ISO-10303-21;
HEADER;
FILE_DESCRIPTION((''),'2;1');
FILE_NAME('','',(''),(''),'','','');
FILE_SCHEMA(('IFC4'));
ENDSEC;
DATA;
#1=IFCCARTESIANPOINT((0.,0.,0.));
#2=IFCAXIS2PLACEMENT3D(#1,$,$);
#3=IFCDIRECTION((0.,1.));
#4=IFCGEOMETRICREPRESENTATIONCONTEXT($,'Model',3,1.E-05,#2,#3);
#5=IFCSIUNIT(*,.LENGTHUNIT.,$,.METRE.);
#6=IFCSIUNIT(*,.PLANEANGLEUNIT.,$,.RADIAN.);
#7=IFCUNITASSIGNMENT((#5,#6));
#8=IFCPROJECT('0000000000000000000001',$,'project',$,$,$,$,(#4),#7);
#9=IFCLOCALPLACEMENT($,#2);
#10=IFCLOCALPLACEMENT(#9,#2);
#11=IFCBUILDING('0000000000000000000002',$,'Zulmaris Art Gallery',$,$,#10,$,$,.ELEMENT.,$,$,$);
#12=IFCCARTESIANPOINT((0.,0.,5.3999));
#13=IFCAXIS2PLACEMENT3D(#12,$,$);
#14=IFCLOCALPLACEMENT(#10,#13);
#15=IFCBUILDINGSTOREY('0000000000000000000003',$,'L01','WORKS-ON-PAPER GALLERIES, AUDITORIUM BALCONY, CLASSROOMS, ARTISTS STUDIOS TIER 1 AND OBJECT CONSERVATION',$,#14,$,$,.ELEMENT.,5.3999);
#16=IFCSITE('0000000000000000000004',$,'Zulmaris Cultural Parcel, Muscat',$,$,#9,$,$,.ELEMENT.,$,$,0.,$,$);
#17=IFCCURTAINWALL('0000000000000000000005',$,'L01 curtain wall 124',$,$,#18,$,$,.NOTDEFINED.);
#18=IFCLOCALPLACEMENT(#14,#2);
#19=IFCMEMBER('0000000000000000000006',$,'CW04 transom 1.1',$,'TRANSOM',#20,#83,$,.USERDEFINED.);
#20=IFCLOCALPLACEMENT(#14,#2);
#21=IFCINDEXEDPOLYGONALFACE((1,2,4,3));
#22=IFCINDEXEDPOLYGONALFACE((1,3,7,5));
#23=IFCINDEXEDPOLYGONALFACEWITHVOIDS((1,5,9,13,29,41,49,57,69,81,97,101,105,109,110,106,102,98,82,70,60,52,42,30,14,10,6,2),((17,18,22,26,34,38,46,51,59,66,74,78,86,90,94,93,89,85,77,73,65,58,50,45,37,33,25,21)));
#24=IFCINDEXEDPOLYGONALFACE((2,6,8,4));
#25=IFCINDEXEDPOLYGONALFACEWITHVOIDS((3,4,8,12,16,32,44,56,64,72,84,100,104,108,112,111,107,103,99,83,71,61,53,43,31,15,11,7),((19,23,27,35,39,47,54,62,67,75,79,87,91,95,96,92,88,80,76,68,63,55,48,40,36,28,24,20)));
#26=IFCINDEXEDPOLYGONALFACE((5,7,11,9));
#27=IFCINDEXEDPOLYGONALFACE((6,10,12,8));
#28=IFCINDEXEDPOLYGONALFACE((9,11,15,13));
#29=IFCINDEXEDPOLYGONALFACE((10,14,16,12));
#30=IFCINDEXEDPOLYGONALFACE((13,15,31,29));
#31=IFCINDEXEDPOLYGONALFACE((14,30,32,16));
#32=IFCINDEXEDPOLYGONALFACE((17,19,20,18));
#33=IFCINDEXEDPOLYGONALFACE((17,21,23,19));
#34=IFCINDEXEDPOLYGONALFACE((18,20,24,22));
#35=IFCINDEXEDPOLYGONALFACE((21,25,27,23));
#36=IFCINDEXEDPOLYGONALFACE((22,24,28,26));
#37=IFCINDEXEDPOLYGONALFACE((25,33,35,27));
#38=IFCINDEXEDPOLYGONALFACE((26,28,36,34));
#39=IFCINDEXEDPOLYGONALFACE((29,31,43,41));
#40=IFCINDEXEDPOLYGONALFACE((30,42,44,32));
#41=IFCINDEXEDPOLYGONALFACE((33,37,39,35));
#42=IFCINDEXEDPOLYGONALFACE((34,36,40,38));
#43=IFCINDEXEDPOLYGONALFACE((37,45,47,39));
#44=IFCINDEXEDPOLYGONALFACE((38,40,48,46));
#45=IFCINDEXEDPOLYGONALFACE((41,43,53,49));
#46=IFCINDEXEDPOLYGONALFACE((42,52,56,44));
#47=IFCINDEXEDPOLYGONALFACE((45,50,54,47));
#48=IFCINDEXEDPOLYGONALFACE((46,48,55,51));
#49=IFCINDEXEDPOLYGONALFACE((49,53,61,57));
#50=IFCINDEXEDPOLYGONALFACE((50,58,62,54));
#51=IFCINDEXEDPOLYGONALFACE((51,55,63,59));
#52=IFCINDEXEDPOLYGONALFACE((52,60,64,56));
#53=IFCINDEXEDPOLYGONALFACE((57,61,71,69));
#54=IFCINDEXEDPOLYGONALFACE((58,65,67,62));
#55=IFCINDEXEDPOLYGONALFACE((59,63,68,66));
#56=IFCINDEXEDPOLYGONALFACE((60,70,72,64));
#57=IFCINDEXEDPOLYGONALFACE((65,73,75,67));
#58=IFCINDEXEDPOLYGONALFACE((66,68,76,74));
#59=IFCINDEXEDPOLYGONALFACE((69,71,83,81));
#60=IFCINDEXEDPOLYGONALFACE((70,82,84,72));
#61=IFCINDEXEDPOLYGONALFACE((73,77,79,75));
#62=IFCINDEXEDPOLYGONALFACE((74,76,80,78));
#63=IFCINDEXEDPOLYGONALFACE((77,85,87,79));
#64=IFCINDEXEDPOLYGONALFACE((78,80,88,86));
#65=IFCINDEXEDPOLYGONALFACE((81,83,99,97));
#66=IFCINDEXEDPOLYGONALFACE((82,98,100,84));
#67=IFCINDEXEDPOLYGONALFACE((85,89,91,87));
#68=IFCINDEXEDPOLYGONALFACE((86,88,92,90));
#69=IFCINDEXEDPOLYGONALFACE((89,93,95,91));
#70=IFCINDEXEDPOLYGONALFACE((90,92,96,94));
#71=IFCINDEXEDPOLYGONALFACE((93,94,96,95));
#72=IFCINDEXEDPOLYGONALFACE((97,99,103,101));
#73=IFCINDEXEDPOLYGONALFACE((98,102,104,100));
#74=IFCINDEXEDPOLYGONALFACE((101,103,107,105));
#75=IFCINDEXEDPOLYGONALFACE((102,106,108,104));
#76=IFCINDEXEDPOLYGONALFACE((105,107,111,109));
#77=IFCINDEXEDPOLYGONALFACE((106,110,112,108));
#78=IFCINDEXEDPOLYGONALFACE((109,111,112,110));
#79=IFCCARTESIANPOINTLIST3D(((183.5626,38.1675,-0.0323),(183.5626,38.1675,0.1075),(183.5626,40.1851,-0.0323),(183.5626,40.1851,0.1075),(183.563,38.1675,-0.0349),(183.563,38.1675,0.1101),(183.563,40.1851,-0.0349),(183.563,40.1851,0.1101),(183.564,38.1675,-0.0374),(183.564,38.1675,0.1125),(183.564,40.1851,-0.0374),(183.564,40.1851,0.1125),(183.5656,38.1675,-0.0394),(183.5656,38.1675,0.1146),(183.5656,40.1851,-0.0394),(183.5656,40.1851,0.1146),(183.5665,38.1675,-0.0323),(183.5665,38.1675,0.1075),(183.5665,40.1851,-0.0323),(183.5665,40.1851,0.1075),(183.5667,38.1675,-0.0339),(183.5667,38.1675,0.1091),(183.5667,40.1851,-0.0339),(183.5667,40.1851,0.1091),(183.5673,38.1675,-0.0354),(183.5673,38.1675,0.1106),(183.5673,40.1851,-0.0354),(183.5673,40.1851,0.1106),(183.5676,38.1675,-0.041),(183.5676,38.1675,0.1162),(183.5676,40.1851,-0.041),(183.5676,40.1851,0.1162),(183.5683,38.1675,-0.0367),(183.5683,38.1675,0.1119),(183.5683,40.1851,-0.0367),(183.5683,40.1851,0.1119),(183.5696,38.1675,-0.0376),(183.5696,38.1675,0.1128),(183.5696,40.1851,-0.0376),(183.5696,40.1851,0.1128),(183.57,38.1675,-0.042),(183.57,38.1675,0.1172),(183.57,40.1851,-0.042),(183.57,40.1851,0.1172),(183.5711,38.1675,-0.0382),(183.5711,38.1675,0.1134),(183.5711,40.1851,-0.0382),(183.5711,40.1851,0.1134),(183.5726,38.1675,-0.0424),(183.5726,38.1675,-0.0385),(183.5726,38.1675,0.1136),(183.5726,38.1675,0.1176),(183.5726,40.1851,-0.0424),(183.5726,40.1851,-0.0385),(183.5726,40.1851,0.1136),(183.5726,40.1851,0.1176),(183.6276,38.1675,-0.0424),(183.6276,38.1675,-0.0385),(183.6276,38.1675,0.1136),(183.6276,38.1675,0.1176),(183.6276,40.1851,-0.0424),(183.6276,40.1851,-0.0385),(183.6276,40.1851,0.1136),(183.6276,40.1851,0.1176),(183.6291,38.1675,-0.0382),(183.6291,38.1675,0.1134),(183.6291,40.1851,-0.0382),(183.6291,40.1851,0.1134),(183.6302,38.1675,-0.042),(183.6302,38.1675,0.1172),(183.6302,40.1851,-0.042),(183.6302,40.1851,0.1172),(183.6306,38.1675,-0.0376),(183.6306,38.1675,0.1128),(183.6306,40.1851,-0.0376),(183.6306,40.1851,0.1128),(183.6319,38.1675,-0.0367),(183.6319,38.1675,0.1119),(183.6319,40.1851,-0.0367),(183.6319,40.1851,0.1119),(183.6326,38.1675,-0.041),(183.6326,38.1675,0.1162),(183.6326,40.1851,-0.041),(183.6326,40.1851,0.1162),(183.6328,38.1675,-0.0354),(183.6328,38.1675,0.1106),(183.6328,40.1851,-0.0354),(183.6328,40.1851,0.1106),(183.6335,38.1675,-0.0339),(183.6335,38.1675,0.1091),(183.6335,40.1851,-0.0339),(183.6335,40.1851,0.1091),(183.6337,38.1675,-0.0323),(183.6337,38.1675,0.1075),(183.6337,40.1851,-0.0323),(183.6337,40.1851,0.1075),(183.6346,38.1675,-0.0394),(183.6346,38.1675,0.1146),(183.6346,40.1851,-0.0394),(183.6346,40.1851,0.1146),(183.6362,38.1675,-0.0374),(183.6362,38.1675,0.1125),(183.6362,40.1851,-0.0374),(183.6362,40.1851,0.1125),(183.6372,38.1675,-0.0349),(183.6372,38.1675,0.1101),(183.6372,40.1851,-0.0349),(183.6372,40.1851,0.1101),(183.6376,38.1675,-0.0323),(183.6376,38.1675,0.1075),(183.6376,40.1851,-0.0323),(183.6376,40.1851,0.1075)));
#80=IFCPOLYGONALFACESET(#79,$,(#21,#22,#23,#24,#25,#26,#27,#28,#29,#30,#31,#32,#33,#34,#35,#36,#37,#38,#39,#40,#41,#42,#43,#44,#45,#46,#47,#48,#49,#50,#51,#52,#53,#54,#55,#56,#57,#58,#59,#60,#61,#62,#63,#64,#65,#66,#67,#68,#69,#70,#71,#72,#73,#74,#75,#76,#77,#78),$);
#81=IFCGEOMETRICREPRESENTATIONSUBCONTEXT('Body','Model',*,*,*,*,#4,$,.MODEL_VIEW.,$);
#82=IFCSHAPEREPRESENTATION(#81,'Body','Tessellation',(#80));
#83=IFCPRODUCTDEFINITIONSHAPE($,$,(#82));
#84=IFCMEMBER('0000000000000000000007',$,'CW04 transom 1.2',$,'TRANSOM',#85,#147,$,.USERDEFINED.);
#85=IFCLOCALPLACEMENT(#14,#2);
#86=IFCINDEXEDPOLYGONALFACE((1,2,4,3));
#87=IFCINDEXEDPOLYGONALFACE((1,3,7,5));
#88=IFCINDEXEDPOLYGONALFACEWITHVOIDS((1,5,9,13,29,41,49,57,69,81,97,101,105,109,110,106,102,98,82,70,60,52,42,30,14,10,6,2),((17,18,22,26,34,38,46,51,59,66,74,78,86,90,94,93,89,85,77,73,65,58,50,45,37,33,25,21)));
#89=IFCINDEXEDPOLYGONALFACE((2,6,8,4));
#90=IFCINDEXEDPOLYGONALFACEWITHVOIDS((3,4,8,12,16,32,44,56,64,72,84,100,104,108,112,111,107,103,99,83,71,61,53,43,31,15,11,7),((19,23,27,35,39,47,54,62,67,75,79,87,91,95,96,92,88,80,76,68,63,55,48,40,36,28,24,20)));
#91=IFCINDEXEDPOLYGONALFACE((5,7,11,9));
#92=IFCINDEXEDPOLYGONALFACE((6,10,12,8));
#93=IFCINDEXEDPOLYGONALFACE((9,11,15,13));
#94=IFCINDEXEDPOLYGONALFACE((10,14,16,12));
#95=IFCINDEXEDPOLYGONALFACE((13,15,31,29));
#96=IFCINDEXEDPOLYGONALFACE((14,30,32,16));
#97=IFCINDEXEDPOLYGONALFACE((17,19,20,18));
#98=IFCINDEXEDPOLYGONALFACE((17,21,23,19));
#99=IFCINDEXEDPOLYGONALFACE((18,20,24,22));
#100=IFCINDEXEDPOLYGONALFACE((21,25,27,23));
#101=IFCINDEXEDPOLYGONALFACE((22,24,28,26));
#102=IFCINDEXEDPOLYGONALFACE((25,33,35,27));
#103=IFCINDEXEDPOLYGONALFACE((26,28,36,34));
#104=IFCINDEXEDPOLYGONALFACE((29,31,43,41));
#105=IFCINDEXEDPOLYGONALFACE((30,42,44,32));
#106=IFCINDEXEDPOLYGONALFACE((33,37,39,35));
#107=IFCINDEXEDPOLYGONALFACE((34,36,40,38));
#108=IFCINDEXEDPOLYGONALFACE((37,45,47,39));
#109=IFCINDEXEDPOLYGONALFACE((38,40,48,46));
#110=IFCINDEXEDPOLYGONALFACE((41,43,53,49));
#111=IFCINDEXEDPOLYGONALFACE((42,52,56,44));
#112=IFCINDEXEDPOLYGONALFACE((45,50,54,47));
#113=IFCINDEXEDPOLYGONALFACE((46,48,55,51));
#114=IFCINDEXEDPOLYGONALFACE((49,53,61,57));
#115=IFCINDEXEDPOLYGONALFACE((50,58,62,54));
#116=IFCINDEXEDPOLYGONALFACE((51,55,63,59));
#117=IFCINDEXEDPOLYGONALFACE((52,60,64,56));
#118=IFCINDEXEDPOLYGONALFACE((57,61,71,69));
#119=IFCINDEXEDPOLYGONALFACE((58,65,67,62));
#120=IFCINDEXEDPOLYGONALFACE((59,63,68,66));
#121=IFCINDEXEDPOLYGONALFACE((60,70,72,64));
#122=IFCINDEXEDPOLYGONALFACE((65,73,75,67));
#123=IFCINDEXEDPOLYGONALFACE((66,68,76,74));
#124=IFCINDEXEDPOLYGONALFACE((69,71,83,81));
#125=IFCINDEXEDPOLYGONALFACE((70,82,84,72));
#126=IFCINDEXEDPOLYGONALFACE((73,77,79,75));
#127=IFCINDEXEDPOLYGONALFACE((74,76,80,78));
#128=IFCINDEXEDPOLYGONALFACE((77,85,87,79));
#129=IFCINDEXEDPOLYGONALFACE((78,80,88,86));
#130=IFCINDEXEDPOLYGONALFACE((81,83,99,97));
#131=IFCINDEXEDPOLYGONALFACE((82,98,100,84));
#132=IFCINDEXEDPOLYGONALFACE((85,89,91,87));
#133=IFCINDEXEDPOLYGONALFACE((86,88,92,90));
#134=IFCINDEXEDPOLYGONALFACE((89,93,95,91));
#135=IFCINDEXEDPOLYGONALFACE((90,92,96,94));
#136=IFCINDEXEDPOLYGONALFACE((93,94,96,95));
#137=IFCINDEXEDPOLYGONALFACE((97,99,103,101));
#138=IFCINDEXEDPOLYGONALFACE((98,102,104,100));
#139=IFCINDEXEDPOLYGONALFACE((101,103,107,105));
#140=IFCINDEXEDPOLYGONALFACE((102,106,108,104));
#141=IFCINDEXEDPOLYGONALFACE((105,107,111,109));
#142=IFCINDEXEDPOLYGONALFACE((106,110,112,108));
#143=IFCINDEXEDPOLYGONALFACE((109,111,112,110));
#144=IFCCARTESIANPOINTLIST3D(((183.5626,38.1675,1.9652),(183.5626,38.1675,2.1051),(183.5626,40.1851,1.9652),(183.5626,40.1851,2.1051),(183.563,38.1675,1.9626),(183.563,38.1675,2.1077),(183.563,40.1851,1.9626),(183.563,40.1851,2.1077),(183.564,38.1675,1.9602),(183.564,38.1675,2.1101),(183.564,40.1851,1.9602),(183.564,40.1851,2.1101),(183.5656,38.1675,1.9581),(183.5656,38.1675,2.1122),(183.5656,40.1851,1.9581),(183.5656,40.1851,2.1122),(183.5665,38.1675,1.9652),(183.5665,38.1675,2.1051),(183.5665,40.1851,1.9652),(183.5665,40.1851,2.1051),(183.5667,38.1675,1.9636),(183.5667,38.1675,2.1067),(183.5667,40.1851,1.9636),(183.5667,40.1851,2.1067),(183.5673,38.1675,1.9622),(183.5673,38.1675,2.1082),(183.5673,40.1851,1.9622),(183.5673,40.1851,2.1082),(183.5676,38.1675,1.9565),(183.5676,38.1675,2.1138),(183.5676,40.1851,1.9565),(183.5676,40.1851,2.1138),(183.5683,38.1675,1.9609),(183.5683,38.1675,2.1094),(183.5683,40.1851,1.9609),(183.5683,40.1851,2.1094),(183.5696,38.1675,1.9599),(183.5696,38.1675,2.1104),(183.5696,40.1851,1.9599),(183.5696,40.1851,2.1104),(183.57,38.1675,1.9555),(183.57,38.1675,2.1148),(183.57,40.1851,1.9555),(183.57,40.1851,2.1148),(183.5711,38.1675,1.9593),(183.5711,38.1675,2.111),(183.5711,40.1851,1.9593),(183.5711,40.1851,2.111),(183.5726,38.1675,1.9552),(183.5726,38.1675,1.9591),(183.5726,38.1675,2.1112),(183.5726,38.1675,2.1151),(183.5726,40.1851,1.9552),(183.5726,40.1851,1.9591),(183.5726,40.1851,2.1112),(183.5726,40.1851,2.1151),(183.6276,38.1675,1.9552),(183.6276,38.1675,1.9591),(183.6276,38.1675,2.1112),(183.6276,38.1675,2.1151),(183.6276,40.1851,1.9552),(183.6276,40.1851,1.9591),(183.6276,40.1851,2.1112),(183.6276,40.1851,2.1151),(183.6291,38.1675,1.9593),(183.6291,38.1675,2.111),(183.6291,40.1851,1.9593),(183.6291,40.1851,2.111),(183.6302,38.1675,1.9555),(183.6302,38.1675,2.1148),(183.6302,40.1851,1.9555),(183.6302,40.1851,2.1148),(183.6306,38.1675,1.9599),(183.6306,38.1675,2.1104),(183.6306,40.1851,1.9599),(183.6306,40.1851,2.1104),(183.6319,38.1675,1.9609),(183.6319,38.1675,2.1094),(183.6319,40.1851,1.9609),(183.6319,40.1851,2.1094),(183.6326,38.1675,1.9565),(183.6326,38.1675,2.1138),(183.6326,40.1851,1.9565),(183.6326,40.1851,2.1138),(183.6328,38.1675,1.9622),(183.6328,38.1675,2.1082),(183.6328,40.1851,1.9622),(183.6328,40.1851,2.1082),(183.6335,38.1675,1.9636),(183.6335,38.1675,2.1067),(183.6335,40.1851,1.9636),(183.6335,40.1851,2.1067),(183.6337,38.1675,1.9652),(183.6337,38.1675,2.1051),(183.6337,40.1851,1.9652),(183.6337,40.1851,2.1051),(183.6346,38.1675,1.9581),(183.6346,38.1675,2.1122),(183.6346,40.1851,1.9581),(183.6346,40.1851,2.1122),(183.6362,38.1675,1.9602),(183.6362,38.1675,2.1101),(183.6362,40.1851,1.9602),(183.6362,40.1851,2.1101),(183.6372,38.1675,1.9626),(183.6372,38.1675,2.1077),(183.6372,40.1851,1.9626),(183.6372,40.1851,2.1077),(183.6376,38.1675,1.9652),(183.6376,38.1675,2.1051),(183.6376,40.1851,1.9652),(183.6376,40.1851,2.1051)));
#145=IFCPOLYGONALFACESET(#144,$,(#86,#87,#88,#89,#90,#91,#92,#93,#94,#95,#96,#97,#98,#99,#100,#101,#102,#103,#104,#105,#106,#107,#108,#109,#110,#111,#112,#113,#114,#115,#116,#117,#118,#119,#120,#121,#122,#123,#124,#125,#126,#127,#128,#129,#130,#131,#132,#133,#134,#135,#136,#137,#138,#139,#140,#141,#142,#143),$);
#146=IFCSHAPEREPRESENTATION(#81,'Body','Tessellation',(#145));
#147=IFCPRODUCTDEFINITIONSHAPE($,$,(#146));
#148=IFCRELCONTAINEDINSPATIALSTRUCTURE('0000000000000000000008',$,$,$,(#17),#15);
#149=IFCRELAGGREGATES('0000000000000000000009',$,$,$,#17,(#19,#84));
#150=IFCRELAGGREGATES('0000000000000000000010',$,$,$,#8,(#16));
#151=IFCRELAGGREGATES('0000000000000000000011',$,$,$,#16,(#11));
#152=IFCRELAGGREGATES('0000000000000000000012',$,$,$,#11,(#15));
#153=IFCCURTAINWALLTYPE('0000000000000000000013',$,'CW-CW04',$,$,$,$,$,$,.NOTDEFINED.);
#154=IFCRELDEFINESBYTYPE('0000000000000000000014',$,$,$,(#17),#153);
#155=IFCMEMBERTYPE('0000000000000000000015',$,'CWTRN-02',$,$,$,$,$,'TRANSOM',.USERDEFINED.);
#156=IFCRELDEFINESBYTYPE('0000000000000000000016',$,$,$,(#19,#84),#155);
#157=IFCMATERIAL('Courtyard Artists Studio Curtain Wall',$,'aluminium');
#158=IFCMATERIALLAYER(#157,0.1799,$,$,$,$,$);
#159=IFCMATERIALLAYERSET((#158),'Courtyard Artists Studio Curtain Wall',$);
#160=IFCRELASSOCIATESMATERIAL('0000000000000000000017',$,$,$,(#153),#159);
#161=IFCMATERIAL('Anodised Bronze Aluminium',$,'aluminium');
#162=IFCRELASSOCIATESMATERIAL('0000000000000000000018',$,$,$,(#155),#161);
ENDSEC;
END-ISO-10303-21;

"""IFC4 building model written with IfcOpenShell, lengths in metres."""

from ifc_helpers import new_model, si_unit, direction, frame, origin, origin_2d, place, context, subcontext, project, spatial, hollow_rectangle, extrude, material, layer, layer_set, material_profile, profile_set, type_object, element, aggregate, save


model = new_model("IFC4")

# Units and contexts
model_context = context("Model", 3, precision=1e-05, world=origin(), true_north=direction((0.0, 1.0)))
body_context = subcontext(model_context, "Body", "Model", "MODEL_VIEW")
ifc_project = project(units=[si_unit("LENGTHUNIT", "METRE"), si_unit("PLANEANGLEUNIT", "RADIAN")], contexts=[model_context])

# Site, building, storey
site_placement = place(None, origin())
site = spatial("IfcSite", under=ifc_project, at=site_placement, Name="Zulmaris Cultural Parcel, Muscat", CompositionType="ELEMENT", RefElevation=0.0)
building_placement = place(site_placement, origin())
building = spatial("IfcBuilding", under=site, at=building_placement, Name="Zulmaris Art Gallery", CompositionType="ELEMENT")
storey_placement = place(building_placement, frame((0.0, 0.0, 5.3999)))
storey = spatial("IfcBuildingStorey", under=building, at=storey_placement, Name="L01", Description="WORKS-ON-PAPER GALLERIES, AUDITORIUM BALCONY, CLASSROOMS, ARTISTS STUDIOS TIER 1 AND OBJECT CONSERVATION", CompositionType="ELEMENT", Elevation=5.3999)

# Curtain wall
ifc_material_1 = material(Name="Courtyard Artists Studio Curtain Wall", Category="aluminium")
ifc_layer_1 = layer(ifc_material_1, 0.1799)
ifc_layer_set_1 = layer_set([ifc_layer_1], Name="Courtyard Artists Studio Curtain Wall")
curtain_wall_type = type_object("IfcCurtainWallType", Name="CW-CW04", PredefinedType="NOTDEFINED", material=ifc_layer_set_1)
curtain_wall_1_placement = place(storey_placement, origin())
curtain_wall_1 = element("IfcCurtainWall", 1, at=curtain_wall_1_placement, inside=storey, type_object=curtain_wall_type, Name="L01 curtain wall 124", PredefinedType="NOTDEFINED")
ifc_material_2 = material(Name="Anodised Bronze Aluminium", Category="aluminium")

# Members
ifc_material_profile_1 = material_profile(ifc_material_2, hollow_rectangle(XDim=0.075, YDim=0.1599, WallThickness=0.0039, InnerFilletRadius=0.0061, OuterFilletRadius=0.01, at=origin_2d()), Name="ALU 75x160x4")
ifc_profile_set_1 = profile_set([ifc_material_profile_1], Name="Anodised Bronze Aluminium")
member_type_1 = type_object("IfcMemberType", Name="CWTRN-02", ElementType="TRANSOM", PredefinedType="USERDEFINED", material=ifc_profile_set_1)
member_1_placement = place(storey_placement, frame((183.6001, 40.1851, 0.0376), z_axis=(0.0, -1.0, 0.0), x_axis=(1.0, 0.0, 0.0)))
member_1 = element("IfcMember", 2, at=member_1_placement, type_object=member_type_1, Name="CW04 transom 1.1", ObjectType="TRANSOM", PredefinedType="USERDEFINED", context=body_context, shape_type="SweptSolid", body=[
    extrude(hollow_rectangle(XDim=0.075, YDim=0.1599, WallThickness=0.0039, InnerFilletRadius=0.0061, OuterFilletRadius=0.01, at=origin_2d()), origin(), (0.0, 0.0, 1.0), 2.0176),
])
member_2_placement = place(storey_placement, frame((183.6001, 40.1851, 2.0352), z_axis=(0.0, -1.0, 0.0), x_axis=(1.0, 0.0, 0.0)))
member_2 = element("IfcMember", 3, at=member_2_placement, type_object=member_type_1, Name="CW04 transom 1.2", ObjectType="TRANSOM", PredefinedType="USERDEFINED", context=body_context, shape_type="SweptSolid", body=[
    extrude(hollow_rectangle(XDim=0.075, YDim=0.1599, WallThickness=0.0039, InnerFilletRadius=0.0061, OuterFilletRadius=0.01, at=origin_2d()), origin(), (0.0, 0.0, 1.0), 2.0176),
])

aggregate(curtain_wall_1, [member_1, member_2])

save(model, "model.ifc")
